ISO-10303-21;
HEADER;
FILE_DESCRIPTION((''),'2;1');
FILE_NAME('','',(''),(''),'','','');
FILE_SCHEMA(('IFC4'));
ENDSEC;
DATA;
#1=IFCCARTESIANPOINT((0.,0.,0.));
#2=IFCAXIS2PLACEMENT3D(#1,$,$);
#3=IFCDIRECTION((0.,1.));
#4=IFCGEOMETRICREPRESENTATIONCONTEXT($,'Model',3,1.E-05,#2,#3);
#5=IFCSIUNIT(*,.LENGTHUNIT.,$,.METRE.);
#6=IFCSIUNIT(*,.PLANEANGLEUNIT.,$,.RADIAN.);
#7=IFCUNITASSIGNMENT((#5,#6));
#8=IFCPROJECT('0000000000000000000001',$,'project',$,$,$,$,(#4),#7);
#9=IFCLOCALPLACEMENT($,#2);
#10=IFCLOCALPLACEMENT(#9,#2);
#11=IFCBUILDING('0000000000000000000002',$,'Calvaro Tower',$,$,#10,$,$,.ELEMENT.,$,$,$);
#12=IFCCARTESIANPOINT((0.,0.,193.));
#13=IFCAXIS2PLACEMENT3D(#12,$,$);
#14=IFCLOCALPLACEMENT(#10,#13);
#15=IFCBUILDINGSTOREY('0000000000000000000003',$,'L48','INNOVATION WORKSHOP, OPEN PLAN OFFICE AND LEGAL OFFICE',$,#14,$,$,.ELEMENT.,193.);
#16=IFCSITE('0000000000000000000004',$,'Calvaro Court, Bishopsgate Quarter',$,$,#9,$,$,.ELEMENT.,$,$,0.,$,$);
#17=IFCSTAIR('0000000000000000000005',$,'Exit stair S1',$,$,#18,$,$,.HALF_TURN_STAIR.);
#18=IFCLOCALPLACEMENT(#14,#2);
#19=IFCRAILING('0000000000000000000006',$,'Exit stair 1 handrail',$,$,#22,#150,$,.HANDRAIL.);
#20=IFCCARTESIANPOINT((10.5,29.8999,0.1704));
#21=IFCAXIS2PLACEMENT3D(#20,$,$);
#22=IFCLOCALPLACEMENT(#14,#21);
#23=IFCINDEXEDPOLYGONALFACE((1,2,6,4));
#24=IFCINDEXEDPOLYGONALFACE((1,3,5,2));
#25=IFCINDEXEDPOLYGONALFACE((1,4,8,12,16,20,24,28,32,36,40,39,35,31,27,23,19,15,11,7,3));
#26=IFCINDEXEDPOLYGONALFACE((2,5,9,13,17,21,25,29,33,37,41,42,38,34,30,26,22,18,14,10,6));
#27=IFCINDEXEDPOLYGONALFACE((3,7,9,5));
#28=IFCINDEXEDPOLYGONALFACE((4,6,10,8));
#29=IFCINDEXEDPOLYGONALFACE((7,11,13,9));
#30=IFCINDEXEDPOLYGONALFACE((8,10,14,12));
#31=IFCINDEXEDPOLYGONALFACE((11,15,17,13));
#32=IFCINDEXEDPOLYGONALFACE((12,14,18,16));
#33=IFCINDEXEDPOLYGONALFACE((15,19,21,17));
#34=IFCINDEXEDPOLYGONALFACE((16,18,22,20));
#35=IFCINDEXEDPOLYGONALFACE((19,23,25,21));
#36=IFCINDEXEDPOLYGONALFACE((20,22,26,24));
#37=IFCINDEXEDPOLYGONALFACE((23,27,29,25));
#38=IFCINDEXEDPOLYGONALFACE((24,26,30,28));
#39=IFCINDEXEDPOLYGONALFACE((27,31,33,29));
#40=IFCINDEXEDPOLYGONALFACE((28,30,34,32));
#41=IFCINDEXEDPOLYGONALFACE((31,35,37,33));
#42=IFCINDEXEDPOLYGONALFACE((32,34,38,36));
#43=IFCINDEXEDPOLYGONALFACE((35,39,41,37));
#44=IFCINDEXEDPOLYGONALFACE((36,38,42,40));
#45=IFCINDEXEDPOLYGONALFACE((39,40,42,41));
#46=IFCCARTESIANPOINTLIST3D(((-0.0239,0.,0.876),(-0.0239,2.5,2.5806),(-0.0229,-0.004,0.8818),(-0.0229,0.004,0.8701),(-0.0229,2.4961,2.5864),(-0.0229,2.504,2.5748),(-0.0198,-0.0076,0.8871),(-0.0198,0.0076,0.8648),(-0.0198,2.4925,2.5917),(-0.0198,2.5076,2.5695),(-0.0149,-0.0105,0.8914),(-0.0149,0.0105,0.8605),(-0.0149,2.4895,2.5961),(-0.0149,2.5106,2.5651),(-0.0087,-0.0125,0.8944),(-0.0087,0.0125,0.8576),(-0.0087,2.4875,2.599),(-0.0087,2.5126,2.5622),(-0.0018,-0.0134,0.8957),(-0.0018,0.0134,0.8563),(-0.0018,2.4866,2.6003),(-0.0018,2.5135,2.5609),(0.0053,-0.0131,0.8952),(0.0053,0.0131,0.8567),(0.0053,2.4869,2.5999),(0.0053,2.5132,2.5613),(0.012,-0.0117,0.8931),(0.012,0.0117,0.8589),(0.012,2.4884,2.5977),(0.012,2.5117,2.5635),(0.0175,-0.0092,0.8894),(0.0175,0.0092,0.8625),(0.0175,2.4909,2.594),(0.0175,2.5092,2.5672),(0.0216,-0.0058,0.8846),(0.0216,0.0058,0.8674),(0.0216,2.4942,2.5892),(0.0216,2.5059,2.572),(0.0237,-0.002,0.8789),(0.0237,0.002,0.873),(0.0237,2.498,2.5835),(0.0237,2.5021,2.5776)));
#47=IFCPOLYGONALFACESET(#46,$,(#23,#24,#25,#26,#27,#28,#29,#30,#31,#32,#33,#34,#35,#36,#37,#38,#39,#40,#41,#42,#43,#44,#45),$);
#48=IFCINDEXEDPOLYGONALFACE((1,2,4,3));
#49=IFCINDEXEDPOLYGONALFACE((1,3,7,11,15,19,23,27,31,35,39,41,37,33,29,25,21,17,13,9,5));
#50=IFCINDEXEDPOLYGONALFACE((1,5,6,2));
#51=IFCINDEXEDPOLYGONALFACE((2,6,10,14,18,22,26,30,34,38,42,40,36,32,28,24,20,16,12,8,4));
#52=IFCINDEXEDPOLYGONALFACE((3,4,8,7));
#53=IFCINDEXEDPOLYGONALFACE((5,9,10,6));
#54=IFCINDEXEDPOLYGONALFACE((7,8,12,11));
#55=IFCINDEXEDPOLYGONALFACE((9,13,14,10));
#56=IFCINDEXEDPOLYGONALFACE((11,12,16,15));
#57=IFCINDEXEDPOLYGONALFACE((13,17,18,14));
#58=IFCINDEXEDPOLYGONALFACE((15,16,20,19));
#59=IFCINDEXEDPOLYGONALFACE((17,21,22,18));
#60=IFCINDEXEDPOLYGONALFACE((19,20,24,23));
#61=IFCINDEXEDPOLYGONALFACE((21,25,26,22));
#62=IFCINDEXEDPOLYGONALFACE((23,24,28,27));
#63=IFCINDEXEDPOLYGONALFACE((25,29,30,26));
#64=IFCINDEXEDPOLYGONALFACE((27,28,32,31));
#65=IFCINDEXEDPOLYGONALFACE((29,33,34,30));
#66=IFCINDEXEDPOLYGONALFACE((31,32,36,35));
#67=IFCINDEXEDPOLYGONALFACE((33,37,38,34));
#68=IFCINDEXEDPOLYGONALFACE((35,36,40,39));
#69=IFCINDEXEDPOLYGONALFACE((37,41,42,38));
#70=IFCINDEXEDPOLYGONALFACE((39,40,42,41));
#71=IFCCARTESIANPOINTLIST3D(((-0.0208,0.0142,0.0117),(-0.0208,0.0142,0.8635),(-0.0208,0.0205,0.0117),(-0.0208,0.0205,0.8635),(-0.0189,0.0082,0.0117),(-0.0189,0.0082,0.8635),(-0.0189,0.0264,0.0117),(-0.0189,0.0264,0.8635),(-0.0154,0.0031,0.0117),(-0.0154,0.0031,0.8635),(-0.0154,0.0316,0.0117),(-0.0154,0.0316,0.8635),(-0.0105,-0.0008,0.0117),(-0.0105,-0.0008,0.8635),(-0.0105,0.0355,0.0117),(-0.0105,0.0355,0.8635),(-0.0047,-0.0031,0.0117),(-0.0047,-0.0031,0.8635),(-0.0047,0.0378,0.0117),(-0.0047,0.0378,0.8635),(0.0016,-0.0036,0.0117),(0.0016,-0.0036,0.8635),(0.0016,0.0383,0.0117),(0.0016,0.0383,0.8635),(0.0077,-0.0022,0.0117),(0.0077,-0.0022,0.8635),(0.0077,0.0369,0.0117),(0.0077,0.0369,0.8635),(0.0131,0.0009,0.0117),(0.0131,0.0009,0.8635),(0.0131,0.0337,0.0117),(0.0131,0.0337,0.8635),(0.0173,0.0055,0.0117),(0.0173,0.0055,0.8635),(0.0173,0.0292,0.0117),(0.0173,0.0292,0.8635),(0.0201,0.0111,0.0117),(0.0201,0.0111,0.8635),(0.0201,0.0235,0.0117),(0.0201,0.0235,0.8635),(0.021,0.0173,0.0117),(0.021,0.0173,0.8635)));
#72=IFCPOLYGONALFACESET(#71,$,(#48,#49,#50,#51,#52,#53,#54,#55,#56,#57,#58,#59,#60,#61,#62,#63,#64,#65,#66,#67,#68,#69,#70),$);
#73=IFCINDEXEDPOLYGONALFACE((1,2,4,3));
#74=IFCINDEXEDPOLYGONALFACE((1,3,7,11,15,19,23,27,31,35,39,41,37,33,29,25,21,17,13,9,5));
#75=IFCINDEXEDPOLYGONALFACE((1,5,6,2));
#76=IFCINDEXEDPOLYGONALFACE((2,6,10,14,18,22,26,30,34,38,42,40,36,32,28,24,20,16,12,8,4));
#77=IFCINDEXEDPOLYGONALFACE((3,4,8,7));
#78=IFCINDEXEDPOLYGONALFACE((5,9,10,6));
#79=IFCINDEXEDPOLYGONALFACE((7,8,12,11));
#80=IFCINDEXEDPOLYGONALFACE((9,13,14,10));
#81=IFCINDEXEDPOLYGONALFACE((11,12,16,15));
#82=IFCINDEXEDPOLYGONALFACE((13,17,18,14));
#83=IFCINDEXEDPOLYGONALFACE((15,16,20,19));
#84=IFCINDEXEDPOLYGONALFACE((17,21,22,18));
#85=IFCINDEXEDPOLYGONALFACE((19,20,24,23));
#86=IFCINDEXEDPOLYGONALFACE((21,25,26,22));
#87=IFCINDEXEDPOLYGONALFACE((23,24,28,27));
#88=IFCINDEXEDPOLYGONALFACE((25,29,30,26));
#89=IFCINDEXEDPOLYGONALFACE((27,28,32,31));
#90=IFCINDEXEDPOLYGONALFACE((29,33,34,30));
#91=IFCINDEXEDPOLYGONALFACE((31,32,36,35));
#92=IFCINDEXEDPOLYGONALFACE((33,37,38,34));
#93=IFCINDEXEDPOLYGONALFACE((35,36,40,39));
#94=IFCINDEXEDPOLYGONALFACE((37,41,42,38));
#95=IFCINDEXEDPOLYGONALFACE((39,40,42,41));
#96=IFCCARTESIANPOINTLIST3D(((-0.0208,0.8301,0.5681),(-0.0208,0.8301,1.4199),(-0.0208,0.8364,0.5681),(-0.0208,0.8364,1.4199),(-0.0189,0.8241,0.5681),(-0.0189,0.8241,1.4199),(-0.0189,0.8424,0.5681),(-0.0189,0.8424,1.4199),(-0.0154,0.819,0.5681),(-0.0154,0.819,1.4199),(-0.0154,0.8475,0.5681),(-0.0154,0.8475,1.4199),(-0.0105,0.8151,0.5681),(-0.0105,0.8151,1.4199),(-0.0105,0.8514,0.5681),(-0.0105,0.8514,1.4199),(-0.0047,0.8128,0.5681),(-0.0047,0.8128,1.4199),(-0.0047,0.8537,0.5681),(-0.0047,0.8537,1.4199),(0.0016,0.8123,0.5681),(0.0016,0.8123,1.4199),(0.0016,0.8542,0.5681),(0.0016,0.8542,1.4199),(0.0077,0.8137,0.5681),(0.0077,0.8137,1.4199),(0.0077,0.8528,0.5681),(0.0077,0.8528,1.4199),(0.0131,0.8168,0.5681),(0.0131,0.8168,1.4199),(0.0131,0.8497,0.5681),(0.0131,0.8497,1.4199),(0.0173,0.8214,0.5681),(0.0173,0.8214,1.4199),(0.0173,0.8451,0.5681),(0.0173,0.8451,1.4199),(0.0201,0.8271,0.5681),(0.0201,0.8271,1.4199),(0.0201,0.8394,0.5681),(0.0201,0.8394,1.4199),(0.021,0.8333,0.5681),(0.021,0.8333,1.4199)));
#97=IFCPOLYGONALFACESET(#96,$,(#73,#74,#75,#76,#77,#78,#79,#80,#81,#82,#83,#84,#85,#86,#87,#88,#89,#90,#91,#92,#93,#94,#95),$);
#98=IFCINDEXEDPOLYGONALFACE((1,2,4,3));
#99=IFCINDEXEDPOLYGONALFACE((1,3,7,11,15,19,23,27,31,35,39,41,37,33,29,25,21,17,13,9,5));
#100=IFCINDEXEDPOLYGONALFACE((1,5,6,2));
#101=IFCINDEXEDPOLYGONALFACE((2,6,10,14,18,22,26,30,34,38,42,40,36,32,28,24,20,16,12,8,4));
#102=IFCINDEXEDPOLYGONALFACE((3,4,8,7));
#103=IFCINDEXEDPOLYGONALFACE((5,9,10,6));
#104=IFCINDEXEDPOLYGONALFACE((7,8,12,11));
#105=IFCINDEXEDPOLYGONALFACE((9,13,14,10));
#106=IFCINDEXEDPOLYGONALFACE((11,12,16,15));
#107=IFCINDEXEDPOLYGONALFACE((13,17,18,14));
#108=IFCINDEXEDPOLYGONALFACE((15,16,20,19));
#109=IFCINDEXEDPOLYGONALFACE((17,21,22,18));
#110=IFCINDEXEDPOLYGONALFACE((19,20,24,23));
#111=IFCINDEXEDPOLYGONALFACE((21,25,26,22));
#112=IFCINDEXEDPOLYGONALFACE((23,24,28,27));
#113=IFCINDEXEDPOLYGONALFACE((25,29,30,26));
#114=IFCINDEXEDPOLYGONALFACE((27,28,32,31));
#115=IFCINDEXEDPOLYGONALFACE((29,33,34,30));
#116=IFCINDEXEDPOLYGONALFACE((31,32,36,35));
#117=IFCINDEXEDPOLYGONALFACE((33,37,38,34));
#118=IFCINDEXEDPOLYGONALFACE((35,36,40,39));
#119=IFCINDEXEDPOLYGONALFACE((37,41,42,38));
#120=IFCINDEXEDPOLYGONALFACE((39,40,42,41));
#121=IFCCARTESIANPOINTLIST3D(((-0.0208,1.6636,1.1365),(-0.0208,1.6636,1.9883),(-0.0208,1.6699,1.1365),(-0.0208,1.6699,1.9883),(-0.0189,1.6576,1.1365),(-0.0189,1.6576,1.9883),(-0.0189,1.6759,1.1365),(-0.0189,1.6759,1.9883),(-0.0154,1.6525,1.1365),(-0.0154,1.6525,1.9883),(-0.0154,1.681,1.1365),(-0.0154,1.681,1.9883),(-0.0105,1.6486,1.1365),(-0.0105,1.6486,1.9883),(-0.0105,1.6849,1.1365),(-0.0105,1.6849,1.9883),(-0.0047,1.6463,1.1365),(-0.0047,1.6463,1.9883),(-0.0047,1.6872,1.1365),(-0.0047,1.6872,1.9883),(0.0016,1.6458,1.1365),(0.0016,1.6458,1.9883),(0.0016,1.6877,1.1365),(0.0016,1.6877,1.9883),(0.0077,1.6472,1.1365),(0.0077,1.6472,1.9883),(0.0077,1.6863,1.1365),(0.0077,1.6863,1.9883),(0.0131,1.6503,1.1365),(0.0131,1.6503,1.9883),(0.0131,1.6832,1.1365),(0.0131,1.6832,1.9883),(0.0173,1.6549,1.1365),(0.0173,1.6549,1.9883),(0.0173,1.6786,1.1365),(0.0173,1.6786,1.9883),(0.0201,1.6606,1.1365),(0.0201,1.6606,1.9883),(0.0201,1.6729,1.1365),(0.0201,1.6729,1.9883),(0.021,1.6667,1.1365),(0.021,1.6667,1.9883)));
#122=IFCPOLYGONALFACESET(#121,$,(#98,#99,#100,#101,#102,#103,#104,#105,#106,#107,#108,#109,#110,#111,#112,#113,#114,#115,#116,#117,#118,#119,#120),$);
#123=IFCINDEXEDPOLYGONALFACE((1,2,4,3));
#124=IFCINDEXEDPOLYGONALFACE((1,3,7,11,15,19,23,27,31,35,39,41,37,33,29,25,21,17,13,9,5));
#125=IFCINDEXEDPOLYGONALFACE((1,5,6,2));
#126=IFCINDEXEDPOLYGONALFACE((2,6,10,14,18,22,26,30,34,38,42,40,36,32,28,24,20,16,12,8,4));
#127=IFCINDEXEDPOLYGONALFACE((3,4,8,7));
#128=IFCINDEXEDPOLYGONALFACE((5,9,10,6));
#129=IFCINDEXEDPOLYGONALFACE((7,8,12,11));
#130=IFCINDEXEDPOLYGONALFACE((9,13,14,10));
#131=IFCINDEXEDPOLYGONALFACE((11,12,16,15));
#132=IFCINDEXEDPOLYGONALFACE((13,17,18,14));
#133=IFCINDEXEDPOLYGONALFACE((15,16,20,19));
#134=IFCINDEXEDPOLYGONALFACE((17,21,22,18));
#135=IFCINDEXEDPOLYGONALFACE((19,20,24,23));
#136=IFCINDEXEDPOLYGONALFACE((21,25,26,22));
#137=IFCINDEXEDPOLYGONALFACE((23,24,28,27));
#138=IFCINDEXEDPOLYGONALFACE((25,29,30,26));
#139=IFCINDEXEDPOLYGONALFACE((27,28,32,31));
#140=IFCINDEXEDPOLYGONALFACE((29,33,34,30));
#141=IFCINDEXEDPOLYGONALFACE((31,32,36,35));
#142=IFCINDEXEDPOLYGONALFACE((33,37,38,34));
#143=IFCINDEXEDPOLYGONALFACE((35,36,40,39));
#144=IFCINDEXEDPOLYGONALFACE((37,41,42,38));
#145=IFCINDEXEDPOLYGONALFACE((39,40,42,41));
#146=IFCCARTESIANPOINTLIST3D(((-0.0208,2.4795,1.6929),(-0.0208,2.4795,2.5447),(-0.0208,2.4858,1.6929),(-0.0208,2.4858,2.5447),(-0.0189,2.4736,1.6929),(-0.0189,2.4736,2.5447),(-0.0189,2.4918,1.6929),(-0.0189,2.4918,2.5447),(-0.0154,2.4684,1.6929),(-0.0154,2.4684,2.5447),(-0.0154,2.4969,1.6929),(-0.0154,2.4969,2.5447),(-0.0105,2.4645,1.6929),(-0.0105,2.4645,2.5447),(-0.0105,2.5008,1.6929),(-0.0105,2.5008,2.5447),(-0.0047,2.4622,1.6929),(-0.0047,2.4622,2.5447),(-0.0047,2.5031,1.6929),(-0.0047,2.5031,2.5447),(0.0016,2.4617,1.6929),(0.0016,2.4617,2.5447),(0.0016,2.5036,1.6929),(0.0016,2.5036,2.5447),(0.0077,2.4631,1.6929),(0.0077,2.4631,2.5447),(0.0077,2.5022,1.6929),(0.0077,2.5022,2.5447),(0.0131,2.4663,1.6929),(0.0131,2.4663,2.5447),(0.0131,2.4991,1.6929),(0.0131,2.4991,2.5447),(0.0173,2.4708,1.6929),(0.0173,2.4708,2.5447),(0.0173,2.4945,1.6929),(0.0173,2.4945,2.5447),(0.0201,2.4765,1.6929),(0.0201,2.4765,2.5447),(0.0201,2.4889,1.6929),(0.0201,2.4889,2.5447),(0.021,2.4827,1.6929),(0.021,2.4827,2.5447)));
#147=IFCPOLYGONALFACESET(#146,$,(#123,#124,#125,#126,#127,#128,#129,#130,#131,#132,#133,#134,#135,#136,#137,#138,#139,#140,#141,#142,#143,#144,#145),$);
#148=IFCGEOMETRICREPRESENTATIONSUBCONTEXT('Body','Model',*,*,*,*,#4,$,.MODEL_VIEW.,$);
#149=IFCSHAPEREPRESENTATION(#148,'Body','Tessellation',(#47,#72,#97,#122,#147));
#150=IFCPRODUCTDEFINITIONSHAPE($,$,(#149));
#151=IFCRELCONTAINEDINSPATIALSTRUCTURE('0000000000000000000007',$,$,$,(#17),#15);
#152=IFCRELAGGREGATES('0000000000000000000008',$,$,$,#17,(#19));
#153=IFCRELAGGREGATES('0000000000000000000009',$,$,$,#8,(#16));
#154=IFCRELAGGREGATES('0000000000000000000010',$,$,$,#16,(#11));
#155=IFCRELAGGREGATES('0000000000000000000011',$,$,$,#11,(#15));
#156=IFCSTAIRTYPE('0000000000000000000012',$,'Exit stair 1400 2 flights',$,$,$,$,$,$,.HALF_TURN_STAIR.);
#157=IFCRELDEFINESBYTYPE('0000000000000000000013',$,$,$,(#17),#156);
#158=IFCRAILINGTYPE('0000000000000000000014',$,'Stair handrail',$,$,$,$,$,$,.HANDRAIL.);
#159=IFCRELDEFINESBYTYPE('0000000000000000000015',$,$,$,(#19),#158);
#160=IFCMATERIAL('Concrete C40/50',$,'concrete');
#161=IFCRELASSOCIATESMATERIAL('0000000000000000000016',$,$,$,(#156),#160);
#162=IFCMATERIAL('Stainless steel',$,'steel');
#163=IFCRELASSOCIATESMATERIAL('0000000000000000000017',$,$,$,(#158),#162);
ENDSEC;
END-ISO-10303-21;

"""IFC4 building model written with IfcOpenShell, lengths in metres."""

from ifc_helpers import new_model, si_unit, direction, frame, origin, origin_2d, place, context, subcontext, project, spatial, circle, extrude, material, type_object, element, aggregate, save


model = new_model("IFC4")

# Units and contexts
model_context = context("Model", 3, precision=1e-05, world=origin(), true_north=direction((0.0, 1.0)))
body_context = subcontext(model_context, "Body", "Model", "MODEL_VIEW")
ifc_project = project(units=[si_unit("LENGTHUNIT", "METRE"), si_unit("PLANEANGLEUNIT", "RADIAN")], contexts=[model_context])

# Site, building, storey
site_placement = place(None, origin())
site = spatial("IfcSite", under=ifc_project, at=site_placement, Name="Calvaro Court, Bishopsgate Quarter", CompositionType="ELEMENT", RefElevation=0.0)
building_placement = place(site_placement, origin())
building = spatial("IfcBuilding", under=site, at=building_placement, Name="Calvaro Tower", CompositionType="ELEMENT")
storey_placement = place(building_placement, frame((0.0, 0.0, 193.0)))
storey = spatial("IfcBuildingStorey", under=building, at=storey_placement, Name="L48", Description="INNOVATION WORKSHOP, OPEN PLAN OFFICE AND LEGAL OFFICE", CompositionType="ELEMENT", Elevation=193.0)

# Stair, railing
ifc_material_1 = material(Name="Concrete C40/50", Category="concrete")
stair_type = type_object("IfcStairType", Name="Exit stair 1400 2 flights", PredefinedType="HALF_TURN_STAIR", material=ifc_material_1)
stair_placement = place(storey_placement, origin())
stair = element("IfcStair", 1, at=stair_placement, inside=storey, type_object=stair_type, Name="Exit stair S1", PredefinedType="HALF_TURN_STAIR")
ifc_material_2 = material(Name="Stainless steel", Category="steel")
railing_type = type_object("IfcRailingType", Name="Stair handrail", PredefinedType="HANDRAIL", material=ifc_material_2)
railing_1_placement = place(storey_placement, frame((10.5, 29.8999, 0.1704)))
railing_1 = element("IfcRailing", 2, at=railing_1_placement, type_object=railing_type, Name="Exit stair 1 handrail", PredefinedType="HANDRAIL", context=body_context, shape_type="SweptSolid", body=[
    extrude(circle(Radius=0.0239, at=origin_2d()), frame((0.0, 0.0, 0.876), z_axis=(0.0, 0.826221, 0.563347), x_axis=(-1.0, 0.0, 0.0)), (0.0, 0.0, 1.0), 3.0259),
    extrude(circle(Radius=0.021, at=origin_2d()), frame((0.0, 0.0173, 0.0117)), (0.0, 0.0, 1.0), 0.8518),
    extrude(circle(Radius=0.021, at=origin_2d()), frame((0.0, 0.8333, 0.5681)), (0.0, 0.0, 1.0), 0.8518),
    extrude(circle(Radius=0.021, at=origin_2d()), frame((0.0, 1.6667, 1.1365)), (0.0, 0.0, 1.0), 0.8518),
    extrude(circle(Radius=0.021, at=origin_2d()), frame((0.0, 2.4827, 1.6929)), (0.0, 0.0, 1.0), 0.8518),
])
aggregate(stair, [railing_1])

save(model, "model.ifc")
